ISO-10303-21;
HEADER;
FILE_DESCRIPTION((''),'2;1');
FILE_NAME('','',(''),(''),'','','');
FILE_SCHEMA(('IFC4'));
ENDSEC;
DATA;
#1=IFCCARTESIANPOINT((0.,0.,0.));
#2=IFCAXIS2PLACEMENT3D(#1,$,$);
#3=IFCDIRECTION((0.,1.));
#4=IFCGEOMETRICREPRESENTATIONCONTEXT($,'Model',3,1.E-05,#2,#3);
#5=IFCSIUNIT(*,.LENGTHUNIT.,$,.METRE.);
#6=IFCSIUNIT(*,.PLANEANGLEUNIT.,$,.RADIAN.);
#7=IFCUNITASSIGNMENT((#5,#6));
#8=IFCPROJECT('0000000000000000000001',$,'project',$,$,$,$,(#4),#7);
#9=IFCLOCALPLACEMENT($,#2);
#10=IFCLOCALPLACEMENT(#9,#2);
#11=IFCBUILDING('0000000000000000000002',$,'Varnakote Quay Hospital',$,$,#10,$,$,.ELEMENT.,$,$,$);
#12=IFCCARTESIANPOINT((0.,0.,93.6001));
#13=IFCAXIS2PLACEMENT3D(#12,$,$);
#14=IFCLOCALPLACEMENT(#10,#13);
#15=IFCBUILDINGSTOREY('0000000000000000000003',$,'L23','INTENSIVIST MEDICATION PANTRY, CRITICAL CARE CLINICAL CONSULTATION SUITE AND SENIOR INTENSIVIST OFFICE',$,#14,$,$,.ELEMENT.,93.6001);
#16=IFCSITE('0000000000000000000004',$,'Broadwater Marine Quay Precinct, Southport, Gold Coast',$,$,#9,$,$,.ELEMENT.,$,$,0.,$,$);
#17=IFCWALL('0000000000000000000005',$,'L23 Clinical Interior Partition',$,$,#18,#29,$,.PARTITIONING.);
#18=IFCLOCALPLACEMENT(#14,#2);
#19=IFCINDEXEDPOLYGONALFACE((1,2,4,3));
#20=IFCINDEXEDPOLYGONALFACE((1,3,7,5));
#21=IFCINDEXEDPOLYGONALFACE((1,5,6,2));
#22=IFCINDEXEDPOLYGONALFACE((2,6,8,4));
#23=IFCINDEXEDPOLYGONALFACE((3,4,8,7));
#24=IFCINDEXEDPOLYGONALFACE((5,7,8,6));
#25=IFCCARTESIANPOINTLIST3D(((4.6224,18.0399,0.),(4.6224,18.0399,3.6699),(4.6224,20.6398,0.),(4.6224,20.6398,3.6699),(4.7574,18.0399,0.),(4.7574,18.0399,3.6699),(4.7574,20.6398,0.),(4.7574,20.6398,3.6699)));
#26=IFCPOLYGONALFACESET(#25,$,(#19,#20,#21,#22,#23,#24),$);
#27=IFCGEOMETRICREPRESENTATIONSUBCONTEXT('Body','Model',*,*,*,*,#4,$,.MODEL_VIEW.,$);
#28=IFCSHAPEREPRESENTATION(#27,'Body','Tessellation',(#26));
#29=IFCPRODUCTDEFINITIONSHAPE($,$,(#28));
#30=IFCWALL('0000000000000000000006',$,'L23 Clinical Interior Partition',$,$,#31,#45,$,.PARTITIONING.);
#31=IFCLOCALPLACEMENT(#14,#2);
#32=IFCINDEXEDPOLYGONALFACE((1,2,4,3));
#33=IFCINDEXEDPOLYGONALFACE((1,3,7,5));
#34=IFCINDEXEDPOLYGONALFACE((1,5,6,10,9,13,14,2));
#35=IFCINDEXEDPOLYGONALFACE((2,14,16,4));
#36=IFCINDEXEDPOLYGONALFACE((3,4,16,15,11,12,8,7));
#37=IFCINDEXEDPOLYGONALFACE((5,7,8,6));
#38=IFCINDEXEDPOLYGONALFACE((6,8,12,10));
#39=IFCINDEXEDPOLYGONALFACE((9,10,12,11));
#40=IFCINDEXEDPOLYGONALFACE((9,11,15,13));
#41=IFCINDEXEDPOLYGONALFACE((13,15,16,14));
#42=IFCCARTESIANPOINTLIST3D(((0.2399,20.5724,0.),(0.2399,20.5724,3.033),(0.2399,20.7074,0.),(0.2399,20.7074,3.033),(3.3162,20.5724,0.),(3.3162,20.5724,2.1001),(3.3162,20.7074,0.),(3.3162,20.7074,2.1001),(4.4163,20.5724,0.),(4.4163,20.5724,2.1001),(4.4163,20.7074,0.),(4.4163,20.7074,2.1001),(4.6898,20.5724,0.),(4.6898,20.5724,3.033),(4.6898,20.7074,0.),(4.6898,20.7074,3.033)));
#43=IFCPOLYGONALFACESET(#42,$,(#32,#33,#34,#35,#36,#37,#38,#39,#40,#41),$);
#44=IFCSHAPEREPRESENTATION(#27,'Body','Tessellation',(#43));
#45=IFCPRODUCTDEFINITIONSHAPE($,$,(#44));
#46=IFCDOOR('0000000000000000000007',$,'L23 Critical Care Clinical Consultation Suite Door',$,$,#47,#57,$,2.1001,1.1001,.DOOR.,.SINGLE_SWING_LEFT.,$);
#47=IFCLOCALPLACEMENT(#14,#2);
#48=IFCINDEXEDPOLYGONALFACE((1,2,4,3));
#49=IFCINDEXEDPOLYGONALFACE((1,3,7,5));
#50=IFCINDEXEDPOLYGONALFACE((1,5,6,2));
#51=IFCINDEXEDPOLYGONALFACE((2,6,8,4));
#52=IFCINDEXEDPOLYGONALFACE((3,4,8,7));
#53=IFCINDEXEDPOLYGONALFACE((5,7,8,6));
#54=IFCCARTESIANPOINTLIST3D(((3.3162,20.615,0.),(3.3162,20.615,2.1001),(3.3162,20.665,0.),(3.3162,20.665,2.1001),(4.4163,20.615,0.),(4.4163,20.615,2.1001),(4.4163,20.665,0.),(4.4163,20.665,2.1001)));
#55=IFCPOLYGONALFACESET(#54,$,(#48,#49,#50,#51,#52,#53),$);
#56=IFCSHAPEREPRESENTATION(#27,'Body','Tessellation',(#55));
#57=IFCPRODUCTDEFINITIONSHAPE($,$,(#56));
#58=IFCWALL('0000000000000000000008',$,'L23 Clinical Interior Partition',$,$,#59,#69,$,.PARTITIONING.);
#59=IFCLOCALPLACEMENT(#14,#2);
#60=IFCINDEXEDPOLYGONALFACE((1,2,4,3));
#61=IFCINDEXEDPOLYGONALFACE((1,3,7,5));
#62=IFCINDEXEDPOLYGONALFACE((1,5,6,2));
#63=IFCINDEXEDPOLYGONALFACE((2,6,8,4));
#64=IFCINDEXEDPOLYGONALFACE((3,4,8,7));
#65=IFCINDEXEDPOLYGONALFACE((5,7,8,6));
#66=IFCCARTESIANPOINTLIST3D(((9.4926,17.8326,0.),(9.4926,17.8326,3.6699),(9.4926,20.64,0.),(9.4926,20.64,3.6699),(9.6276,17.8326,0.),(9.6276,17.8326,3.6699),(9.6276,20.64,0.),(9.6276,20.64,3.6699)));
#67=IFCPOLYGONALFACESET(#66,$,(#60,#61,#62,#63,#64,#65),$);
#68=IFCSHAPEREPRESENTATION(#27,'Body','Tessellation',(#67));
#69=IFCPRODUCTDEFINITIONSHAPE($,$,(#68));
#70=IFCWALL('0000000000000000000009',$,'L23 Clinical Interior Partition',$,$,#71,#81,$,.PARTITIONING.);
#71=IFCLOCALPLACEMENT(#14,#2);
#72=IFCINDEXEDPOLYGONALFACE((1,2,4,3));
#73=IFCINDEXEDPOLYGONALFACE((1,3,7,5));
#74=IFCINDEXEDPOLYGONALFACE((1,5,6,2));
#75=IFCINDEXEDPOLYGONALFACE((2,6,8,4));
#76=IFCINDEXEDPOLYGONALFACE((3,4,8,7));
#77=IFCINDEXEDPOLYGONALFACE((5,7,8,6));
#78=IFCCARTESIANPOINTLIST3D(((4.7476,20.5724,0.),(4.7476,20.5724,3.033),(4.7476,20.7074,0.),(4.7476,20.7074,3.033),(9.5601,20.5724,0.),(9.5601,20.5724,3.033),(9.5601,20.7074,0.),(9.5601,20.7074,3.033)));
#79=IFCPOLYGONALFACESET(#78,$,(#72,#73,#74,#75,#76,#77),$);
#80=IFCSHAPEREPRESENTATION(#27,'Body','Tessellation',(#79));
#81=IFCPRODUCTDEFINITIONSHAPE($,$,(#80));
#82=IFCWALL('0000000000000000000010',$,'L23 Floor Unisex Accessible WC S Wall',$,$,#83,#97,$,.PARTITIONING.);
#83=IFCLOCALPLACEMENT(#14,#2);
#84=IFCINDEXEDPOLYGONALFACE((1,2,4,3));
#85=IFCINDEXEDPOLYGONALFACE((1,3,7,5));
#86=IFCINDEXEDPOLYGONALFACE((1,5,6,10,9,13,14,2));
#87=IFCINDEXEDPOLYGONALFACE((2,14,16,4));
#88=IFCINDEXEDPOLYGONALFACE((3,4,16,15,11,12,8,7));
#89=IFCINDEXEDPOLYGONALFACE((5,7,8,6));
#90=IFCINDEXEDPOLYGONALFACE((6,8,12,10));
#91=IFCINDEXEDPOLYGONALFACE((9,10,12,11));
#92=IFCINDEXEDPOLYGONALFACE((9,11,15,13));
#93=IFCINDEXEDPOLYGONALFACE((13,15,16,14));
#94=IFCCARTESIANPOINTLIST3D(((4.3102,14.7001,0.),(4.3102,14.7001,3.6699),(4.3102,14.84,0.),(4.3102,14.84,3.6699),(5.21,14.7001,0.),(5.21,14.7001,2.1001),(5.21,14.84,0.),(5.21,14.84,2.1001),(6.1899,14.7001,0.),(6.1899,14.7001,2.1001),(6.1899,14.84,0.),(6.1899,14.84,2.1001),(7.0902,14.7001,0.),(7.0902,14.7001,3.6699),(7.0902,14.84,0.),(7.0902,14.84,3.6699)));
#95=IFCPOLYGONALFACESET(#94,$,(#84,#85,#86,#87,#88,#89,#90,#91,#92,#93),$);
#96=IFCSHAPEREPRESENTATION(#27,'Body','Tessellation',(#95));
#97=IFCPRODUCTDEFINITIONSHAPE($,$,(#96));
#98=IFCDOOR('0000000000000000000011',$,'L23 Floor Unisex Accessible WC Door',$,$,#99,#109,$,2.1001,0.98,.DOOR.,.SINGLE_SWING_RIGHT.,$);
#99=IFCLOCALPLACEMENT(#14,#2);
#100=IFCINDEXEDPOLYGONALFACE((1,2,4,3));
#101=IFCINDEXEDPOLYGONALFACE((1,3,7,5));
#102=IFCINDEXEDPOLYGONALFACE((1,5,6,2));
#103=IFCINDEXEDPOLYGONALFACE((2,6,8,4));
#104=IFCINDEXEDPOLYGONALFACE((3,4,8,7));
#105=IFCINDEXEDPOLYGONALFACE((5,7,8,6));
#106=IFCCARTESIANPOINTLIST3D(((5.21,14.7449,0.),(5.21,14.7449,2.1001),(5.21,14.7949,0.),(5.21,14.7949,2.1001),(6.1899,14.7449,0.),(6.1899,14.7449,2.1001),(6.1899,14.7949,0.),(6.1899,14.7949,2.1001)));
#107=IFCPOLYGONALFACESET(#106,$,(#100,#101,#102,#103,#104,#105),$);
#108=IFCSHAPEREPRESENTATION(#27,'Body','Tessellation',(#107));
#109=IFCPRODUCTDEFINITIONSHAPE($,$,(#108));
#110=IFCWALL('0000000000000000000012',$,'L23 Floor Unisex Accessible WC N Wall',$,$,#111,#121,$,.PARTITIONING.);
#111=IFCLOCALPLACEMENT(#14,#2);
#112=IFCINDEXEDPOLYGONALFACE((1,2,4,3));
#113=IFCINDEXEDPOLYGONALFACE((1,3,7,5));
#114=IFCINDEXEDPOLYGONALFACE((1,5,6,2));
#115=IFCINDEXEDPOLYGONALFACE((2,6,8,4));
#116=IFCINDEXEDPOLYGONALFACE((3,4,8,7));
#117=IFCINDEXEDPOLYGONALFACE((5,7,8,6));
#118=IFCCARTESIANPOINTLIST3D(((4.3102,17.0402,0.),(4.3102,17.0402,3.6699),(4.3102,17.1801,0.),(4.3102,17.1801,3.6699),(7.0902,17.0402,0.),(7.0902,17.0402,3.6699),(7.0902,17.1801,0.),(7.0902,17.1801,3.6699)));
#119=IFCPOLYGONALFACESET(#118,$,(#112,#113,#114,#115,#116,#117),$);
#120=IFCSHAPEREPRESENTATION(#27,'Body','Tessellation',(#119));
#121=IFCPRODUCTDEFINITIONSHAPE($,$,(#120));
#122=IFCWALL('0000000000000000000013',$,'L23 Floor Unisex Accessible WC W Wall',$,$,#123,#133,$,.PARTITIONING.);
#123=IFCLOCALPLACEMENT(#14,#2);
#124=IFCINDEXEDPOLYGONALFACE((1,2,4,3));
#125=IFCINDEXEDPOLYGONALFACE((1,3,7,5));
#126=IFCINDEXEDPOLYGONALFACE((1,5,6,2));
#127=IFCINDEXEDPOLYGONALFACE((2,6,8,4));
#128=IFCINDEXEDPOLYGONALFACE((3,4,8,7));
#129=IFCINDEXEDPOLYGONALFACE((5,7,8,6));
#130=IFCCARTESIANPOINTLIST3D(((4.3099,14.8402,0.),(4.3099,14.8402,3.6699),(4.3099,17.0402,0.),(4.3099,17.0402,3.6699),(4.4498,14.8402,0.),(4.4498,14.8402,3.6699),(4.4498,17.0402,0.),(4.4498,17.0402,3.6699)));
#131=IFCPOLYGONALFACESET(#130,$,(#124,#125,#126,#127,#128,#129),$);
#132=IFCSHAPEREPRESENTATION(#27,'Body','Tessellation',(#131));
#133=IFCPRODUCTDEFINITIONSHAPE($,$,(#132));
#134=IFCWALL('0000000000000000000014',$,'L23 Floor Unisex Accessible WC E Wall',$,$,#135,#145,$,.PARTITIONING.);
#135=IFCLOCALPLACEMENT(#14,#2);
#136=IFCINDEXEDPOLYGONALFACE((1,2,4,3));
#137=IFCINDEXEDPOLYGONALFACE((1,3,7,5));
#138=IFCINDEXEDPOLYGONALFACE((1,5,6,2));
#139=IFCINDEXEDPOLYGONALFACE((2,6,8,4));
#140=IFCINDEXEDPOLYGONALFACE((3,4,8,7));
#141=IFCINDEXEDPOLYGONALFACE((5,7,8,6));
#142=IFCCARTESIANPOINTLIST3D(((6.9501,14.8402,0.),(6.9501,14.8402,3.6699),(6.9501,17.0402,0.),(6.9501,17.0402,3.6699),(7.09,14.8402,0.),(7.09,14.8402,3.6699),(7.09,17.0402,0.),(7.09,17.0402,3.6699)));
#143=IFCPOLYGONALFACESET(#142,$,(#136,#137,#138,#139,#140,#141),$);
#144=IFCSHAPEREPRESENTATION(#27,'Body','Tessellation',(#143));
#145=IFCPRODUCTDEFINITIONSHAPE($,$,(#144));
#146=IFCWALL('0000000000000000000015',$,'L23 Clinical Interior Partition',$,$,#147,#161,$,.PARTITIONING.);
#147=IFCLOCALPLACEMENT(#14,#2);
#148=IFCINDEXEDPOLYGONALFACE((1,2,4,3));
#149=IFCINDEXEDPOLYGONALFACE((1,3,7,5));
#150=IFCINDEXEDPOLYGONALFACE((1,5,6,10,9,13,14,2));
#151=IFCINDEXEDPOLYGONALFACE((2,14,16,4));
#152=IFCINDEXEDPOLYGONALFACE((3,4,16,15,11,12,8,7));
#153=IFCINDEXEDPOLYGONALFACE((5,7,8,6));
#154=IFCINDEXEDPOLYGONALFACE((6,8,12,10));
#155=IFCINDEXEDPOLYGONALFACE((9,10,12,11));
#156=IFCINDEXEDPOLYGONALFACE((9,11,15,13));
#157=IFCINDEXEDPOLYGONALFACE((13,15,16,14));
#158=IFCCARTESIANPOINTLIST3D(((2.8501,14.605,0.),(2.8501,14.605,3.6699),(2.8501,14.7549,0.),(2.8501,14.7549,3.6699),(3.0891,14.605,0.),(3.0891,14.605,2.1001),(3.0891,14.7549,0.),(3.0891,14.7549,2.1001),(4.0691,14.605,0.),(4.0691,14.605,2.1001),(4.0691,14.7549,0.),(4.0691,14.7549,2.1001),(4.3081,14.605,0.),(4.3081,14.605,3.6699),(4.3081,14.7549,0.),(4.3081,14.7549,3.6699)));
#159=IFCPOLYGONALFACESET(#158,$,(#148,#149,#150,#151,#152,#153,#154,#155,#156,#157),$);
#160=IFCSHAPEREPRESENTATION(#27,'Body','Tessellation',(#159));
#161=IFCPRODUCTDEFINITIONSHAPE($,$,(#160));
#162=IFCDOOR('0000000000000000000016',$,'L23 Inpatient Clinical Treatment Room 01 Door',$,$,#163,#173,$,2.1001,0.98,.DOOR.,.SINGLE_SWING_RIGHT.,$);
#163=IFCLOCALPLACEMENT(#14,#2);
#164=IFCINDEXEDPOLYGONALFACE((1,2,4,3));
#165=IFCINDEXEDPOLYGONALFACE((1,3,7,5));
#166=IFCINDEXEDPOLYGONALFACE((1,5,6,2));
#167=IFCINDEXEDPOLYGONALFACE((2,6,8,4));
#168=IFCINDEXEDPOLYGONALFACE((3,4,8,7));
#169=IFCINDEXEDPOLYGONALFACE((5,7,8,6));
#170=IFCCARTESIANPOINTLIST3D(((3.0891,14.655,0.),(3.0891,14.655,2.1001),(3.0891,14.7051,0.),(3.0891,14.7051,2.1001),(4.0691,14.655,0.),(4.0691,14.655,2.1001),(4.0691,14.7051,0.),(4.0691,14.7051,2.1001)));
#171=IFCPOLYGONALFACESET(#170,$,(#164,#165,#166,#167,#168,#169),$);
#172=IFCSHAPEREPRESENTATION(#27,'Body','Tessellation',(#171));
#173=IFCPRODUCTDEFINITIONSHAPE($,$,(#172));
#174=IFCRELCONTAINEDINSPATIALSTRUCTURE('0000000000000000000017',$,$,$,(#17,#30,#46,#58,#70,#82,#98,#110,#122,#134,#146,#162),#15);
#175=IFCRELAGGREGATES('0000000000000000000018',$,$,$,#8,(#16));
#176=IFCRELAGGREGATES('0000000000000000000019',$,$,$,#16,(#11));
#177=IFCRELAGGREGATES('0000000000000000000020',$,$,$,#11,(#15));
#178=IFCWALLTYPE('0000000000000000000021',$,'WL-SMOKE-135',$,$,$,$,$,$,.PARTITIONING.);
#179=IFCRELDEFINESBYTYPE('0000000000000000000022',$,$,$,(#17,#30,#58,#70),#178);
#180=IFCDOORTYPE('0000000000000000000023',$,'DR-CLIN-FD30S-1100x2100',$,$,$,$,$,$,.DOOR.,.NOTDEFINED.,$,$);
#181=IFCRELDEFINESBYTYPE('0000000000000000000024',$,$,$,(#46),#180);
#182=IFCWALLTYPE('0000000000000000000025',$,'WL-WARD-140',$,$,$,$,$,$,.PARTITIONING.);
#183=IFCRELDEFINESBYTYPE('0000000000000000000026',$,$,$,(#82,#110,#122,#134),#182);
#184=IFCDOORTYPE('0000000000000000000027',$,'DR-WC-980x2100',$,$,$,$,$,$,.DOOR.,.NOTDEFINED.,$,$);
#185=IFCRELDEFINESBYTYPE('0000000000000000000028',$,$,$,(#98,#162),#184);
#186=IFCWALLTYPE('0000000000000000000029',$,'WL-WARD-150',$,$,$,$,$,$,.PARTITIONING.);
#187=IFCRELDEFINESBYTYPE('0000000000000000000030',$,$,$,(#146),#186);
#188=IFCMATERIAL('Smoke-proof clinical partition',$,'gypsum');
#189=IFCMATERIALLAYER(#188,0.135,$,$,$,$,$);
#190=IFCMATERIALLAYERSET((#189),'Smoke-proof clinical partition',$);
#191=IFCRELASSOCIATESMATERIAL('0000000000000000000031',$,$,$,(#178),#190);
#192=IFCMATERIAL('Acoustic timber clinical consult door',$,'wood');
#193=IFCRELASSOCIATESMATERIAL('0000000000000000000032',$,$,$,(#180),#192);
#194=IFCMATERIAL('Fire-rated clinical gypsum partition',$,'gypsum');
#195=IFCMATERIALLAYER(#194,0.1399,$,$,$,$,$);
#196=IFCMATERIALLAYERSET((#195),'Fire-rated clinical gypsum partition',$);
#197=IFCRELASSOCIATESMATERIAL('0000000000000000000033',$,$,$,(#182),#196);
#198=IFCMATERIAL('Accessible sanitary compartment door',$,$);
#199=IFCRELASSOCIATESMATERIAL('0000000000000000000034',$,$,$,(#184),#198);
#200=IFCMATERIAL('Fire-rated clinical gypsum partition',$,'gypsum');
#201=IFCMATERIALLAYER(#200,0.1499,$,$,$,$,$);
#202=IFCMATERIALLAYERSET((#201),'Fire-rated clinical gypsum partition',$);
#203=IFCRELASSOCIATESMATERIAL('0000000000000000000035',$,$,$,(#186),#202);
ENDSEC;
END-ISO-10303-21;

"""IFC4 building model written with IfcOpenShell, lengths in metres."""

from ifc_helpers import new_model, si_unit, direction, frame, frame_2d, origin, place, context, subcontext, project, spatial, rectangle, extrude, material, layer, layer_set, type_object, element, fill, save


model = new_model("IFC4")

# Units and contexts
model_context = context("Model", 3, precision=1e-05, world=origin(), true_north=direction((0.0, 1.0)))
body_context = subcontext(model_context, "Body", "Model", "MODEL_VIEW")
ifc_project = project(units=[si_unit("LENGTHUNIT", "METRE"), si_unit("PLANEANGLEUNIT", "RADIAN")], contexts=[model_context])

# Site, building, storey
site_placement = place(None, origin())
site = spatial("IfcSite", under=ifc_project, at=site_placement, Name="Broadwater Marine Quay Precinct, Southport, Gold Coast", CompositionType="ELEMENT", RefElevation=0.0)
building_placement = place(site_placement, origin())
building = spatial("IfcBuilding", under=site, at=building_placement, Name="Varnakote Quay Hospital", CompositionType="ELEMENT")
storey_placement = place(building_placement, frame((0.0, 0.0, 93.6001)))
storey = spatial("IfcBuildingStorey", under=building, at=storey_placement, Name="L23", Description="INTENSIVIST MEDICATION PANTRY, CRITICAL CARE CLINICAL CONSULTATION SUITE AND SENIOR INTENSIVIST OFFICE", CompositionType="ELEMENT", Elevation=93.6001)

# Wall
ifc_material_1 = material(Name="Smoke-proof clinical partition", Category="gypsum")
ifc_layer_1 = layer(ifc_material_1, 0.135)
ifc_layer_set_1 = layer_set([ifc_layer_1], Name="Smoke-proof clinical partition")
wall_type_1 = type_object("IfcWallType", Name="WL-SMOKE-135", PredefinedType="PARTITIONING", material=ifc_layer_set_1)
wall_1_placement = place(storey_placement, frame((4.6899, 18.04, 0.0), z_axis=(0.0, 0.0, 1.0), x_axis=(0.0, 1.0, 0.0)))
element("IfcWall", 1, at=wall_1_placement, inside=storey, type_object=wall_type_1, Name="L23 Clinical Interior Partition", PredefinedType="PARTITIONING", context=body_context, shape_type="SweptSolid", body=[
    extrude(rectangle(XDim=2.5999, YDim=0.135, at=frame_2d((1.2998, 0.0))), origin(), (0.0, 0.0, 1.0), 3.6699),
])

# Wall, opening, door
wall_2_placement = place(storey_placement, frame((4.6899, 20.6399, 0.0), z_axis=(0.0, 0.0, 1.0), x_axis=(-1.0, 0.0, 0.0)))
wall_2 = element("IfcWall", 2, at=wall_2_placement, inside=storey, type_object=wall_type_1, Name="L23 Clinical Interior Partition", PredefinedType="PARTITIONING", context=body_context, shape_type="SweptSolid", body=[
    extrude(rectangle(XDim=4.45, YDim=0.135, at=frame_2d((2.2251, 0.0))), origin(), (0.0, 0.0, 1.0), 3.033),
])
opening_1_placement = place(wall_2_placement, frame((0.2737, 0.0, 0.0)))
opening_1 = element("IfcOpeningElement", 3, at=opening_1_placement, cuts=wall_2, PredefinedType="OPENING", context=body_context, shape_type="SweptSolid", body=[
    extrude(rectangle(XDim=1.1001, YDim=2.1001, at=frame_2d((0.55, 1.05))), frame((0.0, 0.0774, 0.0), z_axis=(0.0, -1.0, 0.0), x_axis=(1.0, 0.0, 0.0)), (0.0, 0.0, 1.0), 0.155),
])
ifc_material_2 = material(Name="Acoustic timber clinical consult door", Category="wood")
door_type_1 = type_object("IfcDoorType", Name="DR-CLIN-FD30S-1100x2100", OperationType="NOTDEFINED", PredefinedType="DOOR", material=ifc_material_2)
door_1_placement = place(opening_1_placement, origin())
door_1 = element("IfcDoor", 4, at=door_1_placement, inside=storey, type_object=door_type_1, Name="L23 Critical Care Clinical Consultation Suite Door", OperationType="SINGLE_SWING_LEFT", OverallHeight=2.1001, OverallWidth=1.1001, PredefinedType="DOOR", context=body_context, shape_type="SweptSolid", body=[
    extrude(rectangle(XDim=1.1001, YDim=2.1001, at=frame_2d((0.55, 1.05))), frame((0.0, 0.0249, 0.0), z_axis=(0.0, -1.0, 0.0), x_axis=(1.0, 0.0, 0.0)), (0.0, 0.0, 1.0), 0.05),
])
fill(opening_1, door_1)

# Walls
wall_3_placement = place(storey_placement, frame((9.5601, 17.8325, 0.0), z_axis=(0.0, 0.0, 1.0), x_axis=(0.0, 1.0, 0.0)))
element("IfcWall", 5, at=wall_3_placement, inside=storey, type_object=wall_type_1, Name="L23 Clinical Interior Partition", PredefinedType="PARTITIONING", context=body_context, shape_type="SweptSolid", body=[
    extrude(rectangle(XDim=2.8074, YDim=0.135, at=frame_2d((1.4038, 0.0))), origin(), (0.0, 0.0, 1.0), 3.6699),
])
wall_4_placement = place(storey_placement, frame((9.5601, 20.6399, 0.0), z_axis=(0.0, 0.0, 1.0), x_axis=(-1.0, 0.0, 0.0)))
element("IfcWall", 6, at=wall_4_placement, inside=storey, type_object=wall_type_1, Name="L23 Clinical Interior Partition", PredefinedType="PARTITIONING", context=body_context, shape_type="SweptSolid", body=[
    extrude(rectangle(XDim=4.8125, YDim=0.135, at=frame_2d((2.4062, 0.0))), origin(), (0.0, 0.0, 1.0), 3.033),
])

# Wall, opening, door
ifc_material_3 = material(Name="Fire-rated clinical gypsum partition", Category="gypsum")
ifc_layer_2 = layer(ifc_material_3, 0.1399)
ifc_layer_set_2 = layer_set([ifc_layer_2], Name="Fire-rated clinical gypsum partition")
wall_type_2 = type_object("IfcWallType", Name="WL-WARD-140", PredefinedType="PARTITIONING", material=ifc_layer_set_2)
wall_5_placement = place(storey_placement, frame((4.3101, 14.77, 0.0), z_axis=(0.0, 0.0, 1.0), x_axis=(1.0, 0.0, 0.0)))
wall_5 = element("IfcWall", 7, at=wall_5_placement, inside=storey, type_object=wall_type_2, Name="L23 Floor Unisex Accessible WC S Wall", PredefinedType="PARTITIONING", context=body_context, shape_type="SweptSolid", body=[
    extrude(rectangle(XDim=2.78, YDim=0.1399, at=frame_2d((1.3901, 0.0))), origin(), (0.0, 0.0, 1.0), 3.6699),
])
opening_2_placement = place(wall_5_placement, frame((0.8999, 0.0, 0.0)))
opening_2 = element("IfcOpeningElement", 8, at=opening_2_placement, cuts=wall_5, PredefinedType="OPENING", context=body_context, shape_type="SweptSolid", body=[
    extrude(rectangle(XDim=0.98, YDim=2.1001, at=frame_2d((0.49, 1.05))), frame((0.0, 0.0798, 0.0), z_axis=(0.0, -1.0, 0.0), x_axis=(1.0, 0.0, 0.0)), (0.0, 0.0, 1.0), 0.1599),
])
ifc_material_4 = material(Name="Accessible sanitary compartment door")
door_type_2 = type_object("IfcDoorType", Name="DR-WC-980x2100", OperationType="NOTDEFINED", PredefinedType="DOOR", material=ifc_material_4)
door_2_placement = place(opening_2_placement, origin())
door_2 = element("IfcDoor", 9, at=door_2_placement, inside=storey, type_object=door_type_2, Name="L23 Floor Unisex Accessible WC Door", OperationType="SINGLE_SWING_RIGHT", OverallHeight=2.1001, OverallWidth=0.98, PredefinedType="DOOR", context=body_context, shape_type="SweptSolid", body=[
    extrude(rectangle(XDim=0.98, YDim=2.1001, at=frame_2d((0.49, 1.05))), frame((0.0, 0.0249, 0.0), z_axis=(0.0, -1.0, 0.0), x_axis=(1.0, 0.0, 0.0)), (0.0, 0.0, 1.0), 0.05),
])
fill(opening_2, door_2)

# Walls
wall_6_placement = place(storey_placement, frame((4.3101, 17.1101, 0.0), z_axis=(0.0, 0.0, 1.0), x_axis=(1.0, 0.0, 0.0)))
element("IfcWall", 10, at=wall_6_placement, inside=storey, type_object=wall_type_2, Name="L23 Floor Unisex Accessible WC N Wall", PredefinedType="PARTITIONING", context=body_context, shape_type="SweptSolid", body=[
    extrude(rectangle(XDim=2.78, YDim=0.1399, at=frame_2d((1.3901, 0.0))), origin(), (0.0, 0.0, 1.0), 3.6699),
])
for number, where, z_axis, x_axis, name in (
    (11, (4.3799, 14.8401, 0.0), (0.0, 0.0, 1.0), (0.0, 1.0, 0.0), "L23 Floor Unisex Accessible WC W Wall"),
    (12, (7.02, 14.8401, 0.0), (0.0, 0.0, 1.0), (0.0, 1.0, 0.0), "L23 Floor Unisex Accessible WC E Wall"),
):
    element("IfcWall", number, at=place(storey_placement, frame(where, z_axis=z_axis, x_axis=x_axis)), inside=storey, type_object=wall_type_2, Name=name, PredefinedType="PARTITIONING", context=body_context, shape_type="SweptSolid", body=[
        extrude(rectangle(XDim=2.2, YDim=0.1399, at=frame_2d((1.1001, 0.0))), origin(), (0.0, 0.0, 1.0), 3.6699),
    ])

# Wall, opening, door
ifc_material_5 = material(Name="Fire-rated clinical gypsum partition", Category="gypsum")
ifc_layer_3 = layer(ifc_material_5, 0.1499)
ifc_layer_set_3 = layer_set([ifc_layer_3], Name="Fire-rated clinical gypsum partition")
wall_type_3 = type_object("IfcWallType", Name="WL-WARD-150", PredefinedType="PARTITIONING", material=ifc_layer_set_3)
wall_7_placement = place(storey_placement, frame((4.3081, 14.6799, 0.0), z_axis=(0.0, 0.0, 1.0), x_axis=(-1.0, 0.0, 0.0)))
wall_7 = element("IfcWall", 13, at=wall_7_placement, inside=storey, type_object=wall_type_3, Name="L23 Clinical Interior Partition", PredefinedType="PARTITIONING", context=body_context, shape_type="SweptSolid", body=[
    extrude(rectangle(XDim=1.458, YDim=0.1499, at=frame_2d((0.729, 0.0))), origin(), (0.0, 0.0, 1.0), 3.6699),
])
opening_3_placement = place(wall_7_placement, frame((0.239, 0.0, 0.0)))
opening_3 = element("IfcOpeningElement", 14, at=opening_3_placement, cuts=wall_7, PredefinedType="OPENING", context=body_context, shape_type="SweptSolid", body=[
    extrude(rectangle(XDim=0.98, YDim=2.1001, at=frame_2d((0.49, 1.05))), frame((0.0, 0.085, 0.0), z_axis=(0.0, -1.0, 0.0), x_axis=(1.0, 0.0, 0.0)), (0.0, 0.0, 1.0), 0.1699),
])
door_3_placement = place(opening_3_placement, origin())
door_3 = element("IfcDoor", 15, at=door_3_placement, inside=storey, type_object=door_type_2, Name="L23 Inpatient Clinical Treatment Room 01 Door", OperationType="SINGLE_SWING_RIGHT", OverallHeight=2.1001, OverallWidth=0.98, PredefinedType="DOOR", context=body_context, shape_type="SweptSolid", body=[
    extrude(rectangle(XDim=0.98, YDim=2.1001, at=frame_2d((0.49, 1.05))), frame((0.0, 0.0249, 0.0), z_axis=(0.0, -1.0, 0.0), x_axis=(1.0, 0.0, 0.0)), (0.0, 0.0, 1.0), 0.05),
])
fill(opening_3, door_3)

save(model, "model.ifc")
